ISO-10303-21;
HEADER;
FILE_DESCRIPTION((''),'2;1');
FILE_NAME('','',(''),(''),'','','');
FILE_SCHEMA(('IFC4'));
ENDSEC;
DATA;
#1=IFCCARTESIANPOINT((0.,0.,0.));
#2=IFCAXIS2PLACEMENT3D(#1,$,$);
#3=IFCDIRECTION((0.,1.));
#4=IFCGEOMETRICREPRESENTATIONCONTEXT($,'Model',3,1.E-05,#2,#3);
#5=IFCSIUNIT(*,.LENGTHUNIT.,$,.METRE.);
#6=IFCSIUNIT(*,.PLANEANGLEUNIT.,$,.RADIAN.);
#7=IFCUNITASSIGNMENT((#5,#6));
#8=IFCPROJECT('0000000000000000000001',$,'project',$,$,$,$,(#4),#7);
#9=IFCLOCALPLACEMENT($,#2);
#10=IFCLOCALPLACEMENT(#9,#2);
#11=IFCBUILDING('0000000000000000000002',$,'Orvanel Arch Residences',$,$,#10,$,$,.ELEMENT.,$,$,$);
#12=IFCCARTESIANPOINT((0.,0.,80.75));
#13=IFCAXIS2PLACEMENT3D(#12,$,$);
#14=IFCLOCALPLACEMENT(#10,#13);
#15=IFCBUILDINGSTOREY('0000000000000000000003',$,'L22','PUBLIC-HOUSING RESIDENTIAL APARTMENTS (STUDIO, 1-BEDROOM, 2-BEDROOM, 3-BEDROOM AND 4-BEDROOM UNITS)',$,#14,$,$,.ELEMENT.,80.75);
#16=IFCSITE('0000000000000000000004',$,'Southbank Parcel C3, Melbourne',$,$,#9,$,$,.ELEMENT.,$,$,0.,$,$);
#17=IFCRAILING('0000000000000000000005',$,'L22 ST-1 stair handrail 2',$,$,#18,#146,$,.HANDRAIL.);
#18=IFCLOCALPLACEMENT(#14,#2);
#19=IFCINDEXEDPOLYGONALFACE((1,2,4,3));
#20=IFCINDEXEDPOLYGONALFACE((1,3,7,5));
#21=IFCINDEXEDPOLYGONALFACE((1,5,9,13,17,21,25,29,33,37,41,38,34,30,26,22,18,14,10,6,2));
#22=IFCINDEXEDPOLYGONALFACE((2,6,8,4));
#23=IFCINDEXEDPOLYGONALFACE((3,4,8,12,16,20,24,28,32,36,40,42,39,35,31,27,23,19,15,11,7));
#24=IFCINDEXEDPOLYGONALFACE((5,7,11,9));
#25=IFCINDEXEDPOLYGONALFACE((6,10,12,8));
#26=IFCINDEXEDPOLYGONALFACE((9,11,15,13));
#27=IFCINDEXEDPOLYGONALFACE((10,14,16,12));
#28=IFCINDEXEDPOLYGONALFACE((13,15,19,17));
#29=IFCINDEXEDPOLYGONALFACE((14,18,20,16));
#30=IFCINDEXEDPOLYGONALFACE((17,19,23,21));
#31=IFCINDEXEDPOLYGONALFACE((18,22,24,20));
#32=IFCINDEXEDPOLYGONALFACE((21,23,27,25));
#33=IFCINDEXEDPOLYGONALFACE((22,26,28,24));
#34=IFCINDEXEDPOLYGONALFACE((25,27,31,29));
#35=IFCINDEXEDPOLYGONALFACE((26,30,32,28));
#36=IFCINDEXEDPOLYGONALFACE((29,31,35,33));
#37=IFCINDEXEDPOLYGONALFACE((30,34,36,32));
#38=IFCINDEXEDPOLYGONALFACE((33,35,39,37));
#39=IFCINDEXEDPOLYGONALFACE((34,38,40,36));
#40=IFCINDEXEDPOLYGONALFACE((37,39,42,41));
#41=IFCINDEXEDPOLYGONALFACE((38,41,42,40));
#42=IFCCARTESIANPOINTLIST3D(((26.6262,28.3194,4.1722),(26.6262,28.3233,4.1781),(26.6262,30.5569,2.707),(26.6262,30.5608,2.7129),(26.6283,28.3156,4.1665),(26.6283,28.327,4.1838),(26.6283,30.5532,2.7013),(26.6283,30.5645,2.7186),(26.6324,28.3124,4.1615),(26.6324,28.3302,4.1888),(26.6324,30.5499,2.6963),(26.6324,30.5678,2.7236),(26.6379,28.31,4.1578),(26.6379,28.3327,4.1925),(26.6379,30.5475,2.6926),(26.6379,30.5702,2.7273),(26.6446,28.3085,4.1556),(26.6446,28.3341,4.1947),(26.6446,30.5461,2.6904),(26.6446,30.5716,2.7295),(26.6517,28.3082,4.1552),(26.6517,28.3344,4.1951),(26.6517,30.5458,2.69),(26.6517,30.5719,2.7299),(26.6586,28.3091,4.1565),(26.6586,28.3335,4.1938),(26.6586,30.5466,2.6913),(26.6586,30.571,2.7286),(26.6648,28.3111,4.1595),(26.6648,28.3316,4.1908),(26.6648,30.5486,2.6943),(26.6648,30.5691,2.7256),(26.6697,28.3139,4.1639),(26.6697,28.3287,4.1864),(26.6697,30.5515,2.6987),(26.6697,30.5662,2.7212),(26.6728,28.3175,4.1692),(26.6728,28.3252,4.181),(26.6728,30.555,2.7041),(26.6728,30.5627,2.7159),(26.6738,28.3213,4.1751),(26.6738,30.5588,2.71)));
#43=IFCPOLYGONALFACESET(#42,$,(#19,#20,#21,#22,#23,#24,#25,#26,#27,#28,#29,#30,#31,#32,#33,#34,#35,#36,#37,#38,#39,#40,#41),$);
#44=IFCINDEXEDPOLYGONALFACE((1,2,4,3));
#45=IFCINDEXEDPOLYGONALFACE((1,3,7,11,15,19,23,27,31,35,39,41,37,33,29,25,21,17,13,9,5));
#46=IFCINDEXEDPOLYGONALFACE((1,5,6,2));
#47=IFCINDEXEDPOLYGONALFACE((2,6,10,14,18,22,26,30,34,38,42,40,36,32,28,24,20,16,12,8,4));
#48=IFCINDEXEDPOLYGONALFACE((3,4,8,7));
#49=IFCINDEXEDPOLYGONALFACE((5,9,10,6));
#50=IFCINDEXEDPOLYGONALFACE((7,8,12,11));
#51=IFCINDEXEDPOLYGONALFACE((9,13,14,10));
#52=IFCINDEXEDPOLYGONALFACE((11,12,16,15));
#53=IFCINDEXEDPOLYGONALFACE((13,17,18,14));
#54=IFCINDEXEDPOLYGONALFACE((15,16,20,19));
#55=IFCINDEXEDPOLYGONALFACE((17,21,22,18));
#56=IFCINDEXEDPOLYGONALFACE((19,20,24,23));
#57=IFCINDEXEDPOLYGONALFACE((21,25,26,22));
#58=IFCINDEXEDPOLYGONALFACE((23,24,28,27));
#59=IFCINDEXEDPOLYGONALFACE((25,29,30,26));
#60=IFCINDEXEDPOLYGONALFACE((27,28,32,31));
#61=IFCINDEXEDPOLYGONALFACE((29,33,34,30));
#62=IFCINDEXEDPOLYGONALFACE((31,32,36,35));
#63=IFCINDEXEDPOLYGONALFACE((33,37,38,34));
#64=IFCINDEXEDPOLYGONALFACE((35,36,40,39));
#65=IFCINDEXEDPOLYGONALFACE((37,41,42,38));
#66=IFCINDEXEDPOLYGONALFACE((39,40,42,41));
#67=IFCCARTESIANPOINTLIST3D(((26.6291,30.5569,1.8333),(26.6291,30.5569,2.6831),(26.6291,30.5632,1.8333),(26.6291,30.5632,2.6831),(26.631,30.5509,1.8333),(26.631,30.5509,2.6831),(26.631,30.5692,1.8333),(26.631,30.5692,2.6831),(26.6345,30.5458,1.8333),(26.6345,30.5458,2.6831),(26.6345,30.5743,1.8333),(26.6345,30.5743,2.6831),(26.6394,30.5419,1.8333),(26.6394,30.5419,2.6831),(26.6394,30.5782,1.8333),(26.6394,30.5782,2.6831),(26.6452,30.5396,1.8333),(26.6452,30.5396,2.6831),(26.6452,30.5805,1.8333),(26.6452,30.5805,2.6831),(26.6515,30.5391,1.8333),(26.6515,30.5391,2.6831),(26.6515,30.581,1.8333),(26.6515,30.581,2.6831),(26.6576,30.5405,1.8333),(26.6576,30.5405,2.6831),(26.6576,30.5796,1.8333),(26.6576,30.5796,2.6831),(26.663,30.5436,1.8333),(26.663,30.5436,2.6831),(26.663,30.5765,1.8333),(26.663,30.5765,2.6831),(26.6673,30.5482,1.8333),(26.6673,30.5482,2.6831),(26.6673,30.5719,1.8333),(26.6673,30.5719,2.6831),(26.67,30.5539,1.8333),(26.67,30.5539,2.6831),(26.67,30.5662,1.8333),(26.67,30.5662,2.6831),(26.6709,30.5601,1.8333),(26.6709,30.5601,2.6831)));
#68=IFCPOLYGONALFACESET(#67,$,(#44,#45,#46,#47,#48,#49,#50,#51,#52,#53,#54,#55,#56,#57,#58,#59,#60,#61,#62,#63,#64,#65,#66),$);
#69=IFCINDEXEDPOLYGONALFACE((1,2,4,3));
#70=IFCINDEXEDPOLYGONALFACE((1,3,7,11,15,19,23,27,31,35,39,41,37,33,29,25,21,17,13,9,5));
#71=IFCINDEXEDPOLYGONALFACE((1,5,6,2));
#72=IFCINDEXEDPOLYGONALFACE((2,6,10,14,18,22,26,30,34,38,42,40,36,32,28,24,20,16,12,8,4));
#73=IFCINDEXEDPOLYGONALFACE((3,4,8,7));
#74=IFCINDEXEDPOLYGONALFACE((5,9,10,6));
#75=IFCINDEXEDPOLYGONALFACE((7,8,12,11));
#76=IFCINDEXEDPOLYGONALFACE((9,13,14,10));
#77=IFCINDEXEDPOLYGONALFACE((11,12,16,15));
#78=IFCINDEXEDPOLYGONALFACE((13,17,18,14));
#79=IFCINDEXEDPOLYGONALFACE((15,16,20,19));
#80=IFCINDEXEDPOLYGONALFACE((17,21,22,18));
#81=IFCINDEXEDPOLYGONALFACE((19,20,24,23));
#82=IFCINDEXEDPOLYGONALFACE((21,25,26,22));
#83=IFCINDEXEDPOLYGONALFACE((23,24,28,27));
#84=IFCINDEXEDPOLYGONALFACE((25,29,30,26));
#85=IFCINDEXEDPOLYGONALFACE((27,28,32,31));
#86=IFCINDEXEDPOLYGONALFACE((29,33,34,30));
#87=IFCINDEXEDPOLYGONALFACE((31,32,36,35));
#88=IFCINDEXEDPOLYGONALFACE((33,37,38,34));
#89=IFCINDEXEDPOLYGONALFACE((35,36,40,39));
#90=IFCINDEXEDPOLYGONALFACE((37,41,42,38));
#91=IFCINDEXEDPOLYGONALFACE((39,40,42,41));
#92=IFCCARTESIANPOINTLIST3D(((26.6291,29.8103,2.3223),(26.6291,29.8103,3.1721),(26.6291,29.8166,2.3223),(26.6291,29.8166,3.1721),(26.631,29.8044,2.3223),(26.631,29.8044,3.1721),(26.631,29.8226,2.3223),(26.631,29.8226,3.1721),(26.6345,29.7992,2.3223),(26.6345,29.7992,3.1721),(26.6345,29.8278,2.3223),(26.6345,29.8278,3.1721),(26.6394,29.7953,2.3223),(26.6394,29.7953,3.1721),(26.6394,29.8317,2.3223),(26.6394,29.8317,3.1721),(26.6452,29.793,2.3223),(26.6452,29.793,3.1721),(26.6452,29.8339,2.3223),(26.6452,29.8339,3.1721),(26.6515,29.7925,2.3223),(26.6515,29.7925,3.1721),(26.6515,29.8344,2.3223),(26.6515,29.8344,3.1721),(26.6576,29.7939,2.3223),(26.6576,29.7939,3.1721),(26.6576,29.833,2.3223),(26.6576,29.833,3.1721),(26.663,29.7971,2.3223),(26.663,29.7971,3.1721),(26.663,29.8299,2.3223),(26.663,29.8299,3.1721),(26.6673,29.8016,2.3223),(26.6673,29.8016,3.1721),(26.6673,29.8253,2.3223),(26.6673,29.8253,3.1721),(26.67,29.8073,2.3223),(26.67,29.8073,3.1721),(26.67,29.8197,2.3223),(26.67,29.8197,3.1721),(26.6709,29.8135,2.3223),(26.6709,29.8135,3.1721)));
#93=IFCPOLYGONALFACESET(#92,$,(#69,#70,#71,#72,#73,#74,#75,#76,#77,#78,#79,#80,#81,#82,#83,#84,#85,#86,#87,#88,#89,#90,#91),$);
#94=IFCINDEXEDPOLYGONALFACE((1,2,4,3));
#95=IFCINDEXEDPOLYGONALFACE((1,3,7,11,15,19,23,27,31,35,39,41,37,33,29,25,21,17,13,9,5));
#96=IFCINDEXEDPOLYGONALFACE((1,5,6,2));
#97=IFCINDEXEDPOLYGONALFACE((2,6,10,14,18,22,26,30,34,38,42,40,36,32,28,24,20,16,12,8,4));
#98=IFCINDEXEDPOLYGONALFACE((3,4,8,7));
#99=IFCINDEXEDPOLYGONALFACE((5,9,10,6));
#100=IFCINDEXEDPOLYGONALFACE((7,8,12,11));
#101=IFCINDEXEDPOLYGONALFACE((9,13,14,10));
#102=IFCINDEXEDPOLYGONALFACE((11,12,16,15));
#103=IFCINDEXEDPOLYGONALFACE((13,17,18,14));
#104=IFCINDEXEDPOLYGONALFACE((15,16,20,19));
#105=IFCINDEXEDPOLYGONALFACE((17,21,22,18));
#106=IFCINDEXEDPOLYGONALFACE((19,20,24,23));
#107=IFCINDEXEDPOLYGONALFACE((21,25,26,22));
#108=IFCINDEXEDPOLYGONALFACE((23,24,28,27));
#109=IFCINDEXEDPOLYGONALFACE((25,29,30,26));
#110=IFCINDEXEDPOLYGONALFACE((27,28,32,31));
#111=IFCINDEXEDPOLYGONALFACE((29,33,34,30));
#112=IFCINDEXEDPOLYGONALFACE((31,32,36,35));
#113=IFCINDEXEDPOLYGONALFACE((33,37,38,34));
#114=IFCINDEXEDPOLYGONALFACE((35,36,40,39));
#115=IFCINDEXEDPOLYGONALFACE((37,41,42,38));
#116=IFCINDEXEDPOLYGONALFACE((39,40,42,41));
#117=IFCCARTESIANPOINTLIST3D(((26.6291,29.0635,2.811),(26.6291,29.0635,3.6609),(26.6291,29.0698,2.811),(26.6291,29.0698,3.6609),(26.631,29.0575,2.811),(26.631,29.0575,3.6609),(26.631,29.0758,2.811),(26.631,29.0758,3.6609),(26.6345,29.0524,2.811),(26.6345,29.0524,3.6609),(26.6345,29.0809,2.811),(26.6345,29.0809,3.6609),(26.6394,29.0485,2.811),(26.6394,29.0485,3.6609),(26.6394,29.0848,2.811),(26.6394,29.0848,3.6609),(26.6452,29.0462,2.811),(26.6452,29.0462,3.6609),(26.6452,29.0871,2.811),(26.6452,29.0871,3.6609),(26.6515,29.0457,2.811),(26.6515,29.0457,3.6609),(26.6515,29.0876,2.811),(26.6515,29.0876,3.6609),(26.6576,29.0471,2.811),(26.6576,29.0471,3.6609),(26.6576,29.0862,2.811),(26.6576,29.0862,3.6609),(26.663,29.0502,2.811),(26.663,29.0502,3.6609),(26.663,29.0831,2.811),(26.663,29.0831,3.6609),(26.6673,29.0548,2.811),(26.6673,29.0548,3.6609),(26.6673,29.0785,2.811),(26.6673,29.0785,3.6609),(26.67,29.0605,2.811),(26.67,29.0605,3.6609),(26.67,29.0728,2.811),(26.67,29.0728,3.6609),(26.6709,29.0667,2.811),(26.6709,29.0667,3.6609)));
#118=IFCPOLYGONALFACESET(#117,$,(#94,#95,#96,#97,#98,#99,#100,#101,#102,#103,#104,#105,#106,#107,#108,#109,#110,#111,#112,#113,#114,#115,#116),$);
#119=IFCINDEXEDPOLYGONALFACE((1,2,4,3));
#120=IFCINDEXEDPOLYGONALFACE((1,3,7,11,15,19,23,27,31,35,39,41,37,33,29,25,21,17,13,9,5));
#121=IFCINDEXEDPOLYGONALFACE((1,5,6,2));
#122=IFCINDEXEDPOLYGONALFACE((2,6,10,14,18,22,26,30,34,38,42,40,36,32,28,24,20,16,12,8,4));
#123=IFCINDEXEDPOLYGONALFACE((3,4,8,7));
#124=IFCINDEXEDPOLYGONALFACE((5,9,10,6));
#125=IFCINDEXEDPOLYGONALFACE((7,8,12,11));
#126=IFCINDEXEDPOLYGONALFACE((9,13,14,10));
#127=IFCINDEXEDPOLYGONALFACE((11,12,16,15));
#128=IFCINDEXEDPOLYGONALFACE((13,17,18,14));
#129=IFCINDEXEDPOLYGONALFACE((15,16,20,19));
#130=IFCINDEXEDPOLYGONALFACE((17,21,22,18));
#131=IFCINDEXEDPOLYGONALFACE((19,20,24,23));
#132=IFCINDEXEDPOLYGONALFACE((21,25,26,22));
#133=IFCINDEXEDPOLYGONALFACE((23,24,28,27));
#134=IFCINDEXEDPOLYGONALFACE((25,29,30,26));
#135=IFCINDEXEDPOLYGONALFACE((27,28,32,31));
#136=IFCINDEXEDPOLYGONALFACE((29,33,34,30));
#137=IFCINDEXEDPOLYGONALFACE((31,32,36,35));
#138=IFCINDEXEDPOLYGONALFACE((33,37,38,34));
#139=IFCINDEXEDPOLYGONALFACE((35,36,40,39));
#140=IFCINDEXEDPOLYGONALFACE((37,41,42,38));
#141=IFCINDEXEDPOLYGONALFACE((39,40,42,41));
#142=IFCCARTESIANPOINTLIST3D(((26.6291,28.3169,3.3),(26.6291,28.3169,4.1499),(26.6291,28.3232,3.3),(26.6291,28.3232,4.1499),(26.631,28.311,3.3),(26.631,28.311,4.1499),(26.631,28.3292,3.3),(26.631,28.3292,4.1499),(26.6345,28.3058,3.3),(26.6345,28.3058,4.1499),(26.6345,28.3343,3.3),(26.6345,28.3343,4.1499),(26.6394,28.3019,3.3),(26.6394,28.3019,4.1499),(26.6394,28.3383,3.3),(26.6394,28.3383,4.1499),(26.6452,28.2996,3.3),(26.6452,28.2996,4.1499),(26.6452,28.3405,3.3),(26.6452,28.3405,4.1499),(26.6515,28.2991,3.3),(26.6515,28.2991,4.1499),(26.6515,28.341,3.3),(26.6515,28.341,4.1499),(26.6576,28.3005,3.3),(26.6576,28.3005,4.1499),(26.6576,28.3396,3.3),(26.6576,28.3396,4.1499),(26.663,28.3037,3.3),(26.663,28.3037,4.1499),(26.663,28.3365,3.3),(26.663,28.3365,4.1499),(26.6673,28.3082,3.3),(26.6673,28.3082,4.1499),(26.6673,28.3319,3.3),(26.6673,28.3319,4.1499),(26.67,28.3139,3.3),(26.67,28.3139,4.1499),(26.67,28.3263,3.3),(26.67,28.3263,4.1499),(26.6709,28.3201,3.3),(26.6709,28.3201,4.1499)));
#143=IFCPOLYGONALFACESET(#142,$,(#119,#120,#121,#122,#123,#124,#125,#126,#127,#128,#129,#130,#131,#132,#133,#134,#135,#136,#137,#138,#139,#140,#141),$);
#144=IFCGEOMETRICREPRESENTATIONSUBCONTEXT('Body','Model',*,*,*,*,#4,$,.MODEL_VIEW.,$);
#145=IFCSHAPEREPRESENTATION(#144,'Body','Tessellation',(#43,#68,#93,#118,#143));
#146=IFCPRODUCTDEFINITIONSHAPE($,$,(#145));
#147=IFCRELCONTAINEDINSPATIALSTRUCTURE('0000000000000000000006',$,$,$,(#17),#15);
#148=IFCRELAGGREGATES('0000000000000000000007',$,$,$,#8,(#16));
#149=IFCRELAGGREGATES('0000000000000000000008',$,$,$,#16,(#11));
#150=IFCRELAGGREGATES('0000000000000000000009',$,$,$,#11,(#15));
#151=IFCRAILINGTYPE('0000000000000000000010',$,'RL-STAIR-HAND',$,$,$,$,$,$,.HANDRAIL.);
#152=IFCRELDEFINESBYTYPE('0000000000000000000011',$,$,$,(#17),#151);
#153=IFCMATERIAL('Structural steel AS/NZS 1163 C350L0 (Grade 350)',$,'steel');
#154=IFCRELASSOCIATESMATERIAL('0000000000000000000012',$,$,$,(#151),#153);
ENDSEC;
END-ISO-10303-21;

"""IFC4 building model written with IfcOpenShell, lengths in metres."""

from ifc_helpers import new_model, si_unit, direction, frame, origin, origin_2d, place, context, subcontext, project, spatial, circle, extrude, material, type_object, element, save


model = new_model("IFC4")

# Units and contexts
model_context = context("Model", 3, precision=1e-05, world=origin(), true_north=direction((0.0, 1.0)))
body_context = subcontext(model_context, "Body", "Model", "MODEL_VIEW")
ifc_project = project(units=[si_unit("LENGTHUNIT", "METRE"), si_unit("PLANEANGLEUNIT", "RADIAN")], contexts=[model_context])

# Site, building, storey
site_placement = place(None, origin())
site = spatial("IfcSite", under=ifc_project, at=site_placement, Name="Southbank Parcel C3, Melbourne", CompositionType="ELEMENT", RefElevation=0.0)
building_placement = place(site_placement, origin())
building = spatial("IfcBuilding", under=site, at=building_placement, Name="Orvanel Arch Residences", CompositionType="ELEMENT")
storey_placement = place(building_placement, frame((0.0, 0.0, 80.75)))
storey = spatial("IfcBuildingStorey", under=building, at=storey_placement, Name="L22", Description="PUBLIC-HOUSING RESIDENTIAL APARTMENTS (STUDIO, 1-BEDROOM, 2-BEDROOM, 3-BEDROOM AND 4-BEDROOM UNITS)", CompositionType="ELEMENT", Elevation=80.75)

# Railing
ifc_material_1 = material(Name="Structural steel AS/NZS 1163 C350L0 (Grade 350)", Category="steel")
railing_type_1 = type_object("IfcRailingType", Name="RL-STAIR-HAND", PredefinedType="HANDRAIL", material=ifc_material_1)
railing_1_placement = place(storey_placement, frame((26.6499, 30.5601, 1.8333)))
element("IfcRailing", 1, at=railing_1_placement, inside=storey, type_object=railing_type_1, Name="L22 ST-1 stair handrail 2", PredefinedType="HANDRAIL", context=body_context, shape_type="SweptSolid", body=[
    extrude(circle(Radius=0.0239, at=origin_2d()), frame((0.0, -0.0012, 0.8767), z_axis=(0.0, -0.836595, 0.547822), x_axis=(1.0, 0.0, 0.0)), (0.0, 0.0, 1.0), 2.6746),
    extrude(circle(Radius=0.021, at=origin_2d()), origin(), (0.0, 0.0, 1.0), 0.8499),
    extrude(circle(Radius=0.021, at=origin_2d()), frame((0.0, -0.7466, 0.489)), (0.0, 0.0, 1.0), 0.8499),
    extrude(circle(Radius=0.021, at=origin_2d()), frame((0.0, -1.4934, 0.9778)), (0.0, 0.0, 1.0), 0.8499),
    extrude(circle(Radius=0.021, at=origin_2d()), frame((0.0, -2.24, 1.4668)), (0.0, 0.0, 1.0), 0.8499),
])

save(model, "model.ifc")
